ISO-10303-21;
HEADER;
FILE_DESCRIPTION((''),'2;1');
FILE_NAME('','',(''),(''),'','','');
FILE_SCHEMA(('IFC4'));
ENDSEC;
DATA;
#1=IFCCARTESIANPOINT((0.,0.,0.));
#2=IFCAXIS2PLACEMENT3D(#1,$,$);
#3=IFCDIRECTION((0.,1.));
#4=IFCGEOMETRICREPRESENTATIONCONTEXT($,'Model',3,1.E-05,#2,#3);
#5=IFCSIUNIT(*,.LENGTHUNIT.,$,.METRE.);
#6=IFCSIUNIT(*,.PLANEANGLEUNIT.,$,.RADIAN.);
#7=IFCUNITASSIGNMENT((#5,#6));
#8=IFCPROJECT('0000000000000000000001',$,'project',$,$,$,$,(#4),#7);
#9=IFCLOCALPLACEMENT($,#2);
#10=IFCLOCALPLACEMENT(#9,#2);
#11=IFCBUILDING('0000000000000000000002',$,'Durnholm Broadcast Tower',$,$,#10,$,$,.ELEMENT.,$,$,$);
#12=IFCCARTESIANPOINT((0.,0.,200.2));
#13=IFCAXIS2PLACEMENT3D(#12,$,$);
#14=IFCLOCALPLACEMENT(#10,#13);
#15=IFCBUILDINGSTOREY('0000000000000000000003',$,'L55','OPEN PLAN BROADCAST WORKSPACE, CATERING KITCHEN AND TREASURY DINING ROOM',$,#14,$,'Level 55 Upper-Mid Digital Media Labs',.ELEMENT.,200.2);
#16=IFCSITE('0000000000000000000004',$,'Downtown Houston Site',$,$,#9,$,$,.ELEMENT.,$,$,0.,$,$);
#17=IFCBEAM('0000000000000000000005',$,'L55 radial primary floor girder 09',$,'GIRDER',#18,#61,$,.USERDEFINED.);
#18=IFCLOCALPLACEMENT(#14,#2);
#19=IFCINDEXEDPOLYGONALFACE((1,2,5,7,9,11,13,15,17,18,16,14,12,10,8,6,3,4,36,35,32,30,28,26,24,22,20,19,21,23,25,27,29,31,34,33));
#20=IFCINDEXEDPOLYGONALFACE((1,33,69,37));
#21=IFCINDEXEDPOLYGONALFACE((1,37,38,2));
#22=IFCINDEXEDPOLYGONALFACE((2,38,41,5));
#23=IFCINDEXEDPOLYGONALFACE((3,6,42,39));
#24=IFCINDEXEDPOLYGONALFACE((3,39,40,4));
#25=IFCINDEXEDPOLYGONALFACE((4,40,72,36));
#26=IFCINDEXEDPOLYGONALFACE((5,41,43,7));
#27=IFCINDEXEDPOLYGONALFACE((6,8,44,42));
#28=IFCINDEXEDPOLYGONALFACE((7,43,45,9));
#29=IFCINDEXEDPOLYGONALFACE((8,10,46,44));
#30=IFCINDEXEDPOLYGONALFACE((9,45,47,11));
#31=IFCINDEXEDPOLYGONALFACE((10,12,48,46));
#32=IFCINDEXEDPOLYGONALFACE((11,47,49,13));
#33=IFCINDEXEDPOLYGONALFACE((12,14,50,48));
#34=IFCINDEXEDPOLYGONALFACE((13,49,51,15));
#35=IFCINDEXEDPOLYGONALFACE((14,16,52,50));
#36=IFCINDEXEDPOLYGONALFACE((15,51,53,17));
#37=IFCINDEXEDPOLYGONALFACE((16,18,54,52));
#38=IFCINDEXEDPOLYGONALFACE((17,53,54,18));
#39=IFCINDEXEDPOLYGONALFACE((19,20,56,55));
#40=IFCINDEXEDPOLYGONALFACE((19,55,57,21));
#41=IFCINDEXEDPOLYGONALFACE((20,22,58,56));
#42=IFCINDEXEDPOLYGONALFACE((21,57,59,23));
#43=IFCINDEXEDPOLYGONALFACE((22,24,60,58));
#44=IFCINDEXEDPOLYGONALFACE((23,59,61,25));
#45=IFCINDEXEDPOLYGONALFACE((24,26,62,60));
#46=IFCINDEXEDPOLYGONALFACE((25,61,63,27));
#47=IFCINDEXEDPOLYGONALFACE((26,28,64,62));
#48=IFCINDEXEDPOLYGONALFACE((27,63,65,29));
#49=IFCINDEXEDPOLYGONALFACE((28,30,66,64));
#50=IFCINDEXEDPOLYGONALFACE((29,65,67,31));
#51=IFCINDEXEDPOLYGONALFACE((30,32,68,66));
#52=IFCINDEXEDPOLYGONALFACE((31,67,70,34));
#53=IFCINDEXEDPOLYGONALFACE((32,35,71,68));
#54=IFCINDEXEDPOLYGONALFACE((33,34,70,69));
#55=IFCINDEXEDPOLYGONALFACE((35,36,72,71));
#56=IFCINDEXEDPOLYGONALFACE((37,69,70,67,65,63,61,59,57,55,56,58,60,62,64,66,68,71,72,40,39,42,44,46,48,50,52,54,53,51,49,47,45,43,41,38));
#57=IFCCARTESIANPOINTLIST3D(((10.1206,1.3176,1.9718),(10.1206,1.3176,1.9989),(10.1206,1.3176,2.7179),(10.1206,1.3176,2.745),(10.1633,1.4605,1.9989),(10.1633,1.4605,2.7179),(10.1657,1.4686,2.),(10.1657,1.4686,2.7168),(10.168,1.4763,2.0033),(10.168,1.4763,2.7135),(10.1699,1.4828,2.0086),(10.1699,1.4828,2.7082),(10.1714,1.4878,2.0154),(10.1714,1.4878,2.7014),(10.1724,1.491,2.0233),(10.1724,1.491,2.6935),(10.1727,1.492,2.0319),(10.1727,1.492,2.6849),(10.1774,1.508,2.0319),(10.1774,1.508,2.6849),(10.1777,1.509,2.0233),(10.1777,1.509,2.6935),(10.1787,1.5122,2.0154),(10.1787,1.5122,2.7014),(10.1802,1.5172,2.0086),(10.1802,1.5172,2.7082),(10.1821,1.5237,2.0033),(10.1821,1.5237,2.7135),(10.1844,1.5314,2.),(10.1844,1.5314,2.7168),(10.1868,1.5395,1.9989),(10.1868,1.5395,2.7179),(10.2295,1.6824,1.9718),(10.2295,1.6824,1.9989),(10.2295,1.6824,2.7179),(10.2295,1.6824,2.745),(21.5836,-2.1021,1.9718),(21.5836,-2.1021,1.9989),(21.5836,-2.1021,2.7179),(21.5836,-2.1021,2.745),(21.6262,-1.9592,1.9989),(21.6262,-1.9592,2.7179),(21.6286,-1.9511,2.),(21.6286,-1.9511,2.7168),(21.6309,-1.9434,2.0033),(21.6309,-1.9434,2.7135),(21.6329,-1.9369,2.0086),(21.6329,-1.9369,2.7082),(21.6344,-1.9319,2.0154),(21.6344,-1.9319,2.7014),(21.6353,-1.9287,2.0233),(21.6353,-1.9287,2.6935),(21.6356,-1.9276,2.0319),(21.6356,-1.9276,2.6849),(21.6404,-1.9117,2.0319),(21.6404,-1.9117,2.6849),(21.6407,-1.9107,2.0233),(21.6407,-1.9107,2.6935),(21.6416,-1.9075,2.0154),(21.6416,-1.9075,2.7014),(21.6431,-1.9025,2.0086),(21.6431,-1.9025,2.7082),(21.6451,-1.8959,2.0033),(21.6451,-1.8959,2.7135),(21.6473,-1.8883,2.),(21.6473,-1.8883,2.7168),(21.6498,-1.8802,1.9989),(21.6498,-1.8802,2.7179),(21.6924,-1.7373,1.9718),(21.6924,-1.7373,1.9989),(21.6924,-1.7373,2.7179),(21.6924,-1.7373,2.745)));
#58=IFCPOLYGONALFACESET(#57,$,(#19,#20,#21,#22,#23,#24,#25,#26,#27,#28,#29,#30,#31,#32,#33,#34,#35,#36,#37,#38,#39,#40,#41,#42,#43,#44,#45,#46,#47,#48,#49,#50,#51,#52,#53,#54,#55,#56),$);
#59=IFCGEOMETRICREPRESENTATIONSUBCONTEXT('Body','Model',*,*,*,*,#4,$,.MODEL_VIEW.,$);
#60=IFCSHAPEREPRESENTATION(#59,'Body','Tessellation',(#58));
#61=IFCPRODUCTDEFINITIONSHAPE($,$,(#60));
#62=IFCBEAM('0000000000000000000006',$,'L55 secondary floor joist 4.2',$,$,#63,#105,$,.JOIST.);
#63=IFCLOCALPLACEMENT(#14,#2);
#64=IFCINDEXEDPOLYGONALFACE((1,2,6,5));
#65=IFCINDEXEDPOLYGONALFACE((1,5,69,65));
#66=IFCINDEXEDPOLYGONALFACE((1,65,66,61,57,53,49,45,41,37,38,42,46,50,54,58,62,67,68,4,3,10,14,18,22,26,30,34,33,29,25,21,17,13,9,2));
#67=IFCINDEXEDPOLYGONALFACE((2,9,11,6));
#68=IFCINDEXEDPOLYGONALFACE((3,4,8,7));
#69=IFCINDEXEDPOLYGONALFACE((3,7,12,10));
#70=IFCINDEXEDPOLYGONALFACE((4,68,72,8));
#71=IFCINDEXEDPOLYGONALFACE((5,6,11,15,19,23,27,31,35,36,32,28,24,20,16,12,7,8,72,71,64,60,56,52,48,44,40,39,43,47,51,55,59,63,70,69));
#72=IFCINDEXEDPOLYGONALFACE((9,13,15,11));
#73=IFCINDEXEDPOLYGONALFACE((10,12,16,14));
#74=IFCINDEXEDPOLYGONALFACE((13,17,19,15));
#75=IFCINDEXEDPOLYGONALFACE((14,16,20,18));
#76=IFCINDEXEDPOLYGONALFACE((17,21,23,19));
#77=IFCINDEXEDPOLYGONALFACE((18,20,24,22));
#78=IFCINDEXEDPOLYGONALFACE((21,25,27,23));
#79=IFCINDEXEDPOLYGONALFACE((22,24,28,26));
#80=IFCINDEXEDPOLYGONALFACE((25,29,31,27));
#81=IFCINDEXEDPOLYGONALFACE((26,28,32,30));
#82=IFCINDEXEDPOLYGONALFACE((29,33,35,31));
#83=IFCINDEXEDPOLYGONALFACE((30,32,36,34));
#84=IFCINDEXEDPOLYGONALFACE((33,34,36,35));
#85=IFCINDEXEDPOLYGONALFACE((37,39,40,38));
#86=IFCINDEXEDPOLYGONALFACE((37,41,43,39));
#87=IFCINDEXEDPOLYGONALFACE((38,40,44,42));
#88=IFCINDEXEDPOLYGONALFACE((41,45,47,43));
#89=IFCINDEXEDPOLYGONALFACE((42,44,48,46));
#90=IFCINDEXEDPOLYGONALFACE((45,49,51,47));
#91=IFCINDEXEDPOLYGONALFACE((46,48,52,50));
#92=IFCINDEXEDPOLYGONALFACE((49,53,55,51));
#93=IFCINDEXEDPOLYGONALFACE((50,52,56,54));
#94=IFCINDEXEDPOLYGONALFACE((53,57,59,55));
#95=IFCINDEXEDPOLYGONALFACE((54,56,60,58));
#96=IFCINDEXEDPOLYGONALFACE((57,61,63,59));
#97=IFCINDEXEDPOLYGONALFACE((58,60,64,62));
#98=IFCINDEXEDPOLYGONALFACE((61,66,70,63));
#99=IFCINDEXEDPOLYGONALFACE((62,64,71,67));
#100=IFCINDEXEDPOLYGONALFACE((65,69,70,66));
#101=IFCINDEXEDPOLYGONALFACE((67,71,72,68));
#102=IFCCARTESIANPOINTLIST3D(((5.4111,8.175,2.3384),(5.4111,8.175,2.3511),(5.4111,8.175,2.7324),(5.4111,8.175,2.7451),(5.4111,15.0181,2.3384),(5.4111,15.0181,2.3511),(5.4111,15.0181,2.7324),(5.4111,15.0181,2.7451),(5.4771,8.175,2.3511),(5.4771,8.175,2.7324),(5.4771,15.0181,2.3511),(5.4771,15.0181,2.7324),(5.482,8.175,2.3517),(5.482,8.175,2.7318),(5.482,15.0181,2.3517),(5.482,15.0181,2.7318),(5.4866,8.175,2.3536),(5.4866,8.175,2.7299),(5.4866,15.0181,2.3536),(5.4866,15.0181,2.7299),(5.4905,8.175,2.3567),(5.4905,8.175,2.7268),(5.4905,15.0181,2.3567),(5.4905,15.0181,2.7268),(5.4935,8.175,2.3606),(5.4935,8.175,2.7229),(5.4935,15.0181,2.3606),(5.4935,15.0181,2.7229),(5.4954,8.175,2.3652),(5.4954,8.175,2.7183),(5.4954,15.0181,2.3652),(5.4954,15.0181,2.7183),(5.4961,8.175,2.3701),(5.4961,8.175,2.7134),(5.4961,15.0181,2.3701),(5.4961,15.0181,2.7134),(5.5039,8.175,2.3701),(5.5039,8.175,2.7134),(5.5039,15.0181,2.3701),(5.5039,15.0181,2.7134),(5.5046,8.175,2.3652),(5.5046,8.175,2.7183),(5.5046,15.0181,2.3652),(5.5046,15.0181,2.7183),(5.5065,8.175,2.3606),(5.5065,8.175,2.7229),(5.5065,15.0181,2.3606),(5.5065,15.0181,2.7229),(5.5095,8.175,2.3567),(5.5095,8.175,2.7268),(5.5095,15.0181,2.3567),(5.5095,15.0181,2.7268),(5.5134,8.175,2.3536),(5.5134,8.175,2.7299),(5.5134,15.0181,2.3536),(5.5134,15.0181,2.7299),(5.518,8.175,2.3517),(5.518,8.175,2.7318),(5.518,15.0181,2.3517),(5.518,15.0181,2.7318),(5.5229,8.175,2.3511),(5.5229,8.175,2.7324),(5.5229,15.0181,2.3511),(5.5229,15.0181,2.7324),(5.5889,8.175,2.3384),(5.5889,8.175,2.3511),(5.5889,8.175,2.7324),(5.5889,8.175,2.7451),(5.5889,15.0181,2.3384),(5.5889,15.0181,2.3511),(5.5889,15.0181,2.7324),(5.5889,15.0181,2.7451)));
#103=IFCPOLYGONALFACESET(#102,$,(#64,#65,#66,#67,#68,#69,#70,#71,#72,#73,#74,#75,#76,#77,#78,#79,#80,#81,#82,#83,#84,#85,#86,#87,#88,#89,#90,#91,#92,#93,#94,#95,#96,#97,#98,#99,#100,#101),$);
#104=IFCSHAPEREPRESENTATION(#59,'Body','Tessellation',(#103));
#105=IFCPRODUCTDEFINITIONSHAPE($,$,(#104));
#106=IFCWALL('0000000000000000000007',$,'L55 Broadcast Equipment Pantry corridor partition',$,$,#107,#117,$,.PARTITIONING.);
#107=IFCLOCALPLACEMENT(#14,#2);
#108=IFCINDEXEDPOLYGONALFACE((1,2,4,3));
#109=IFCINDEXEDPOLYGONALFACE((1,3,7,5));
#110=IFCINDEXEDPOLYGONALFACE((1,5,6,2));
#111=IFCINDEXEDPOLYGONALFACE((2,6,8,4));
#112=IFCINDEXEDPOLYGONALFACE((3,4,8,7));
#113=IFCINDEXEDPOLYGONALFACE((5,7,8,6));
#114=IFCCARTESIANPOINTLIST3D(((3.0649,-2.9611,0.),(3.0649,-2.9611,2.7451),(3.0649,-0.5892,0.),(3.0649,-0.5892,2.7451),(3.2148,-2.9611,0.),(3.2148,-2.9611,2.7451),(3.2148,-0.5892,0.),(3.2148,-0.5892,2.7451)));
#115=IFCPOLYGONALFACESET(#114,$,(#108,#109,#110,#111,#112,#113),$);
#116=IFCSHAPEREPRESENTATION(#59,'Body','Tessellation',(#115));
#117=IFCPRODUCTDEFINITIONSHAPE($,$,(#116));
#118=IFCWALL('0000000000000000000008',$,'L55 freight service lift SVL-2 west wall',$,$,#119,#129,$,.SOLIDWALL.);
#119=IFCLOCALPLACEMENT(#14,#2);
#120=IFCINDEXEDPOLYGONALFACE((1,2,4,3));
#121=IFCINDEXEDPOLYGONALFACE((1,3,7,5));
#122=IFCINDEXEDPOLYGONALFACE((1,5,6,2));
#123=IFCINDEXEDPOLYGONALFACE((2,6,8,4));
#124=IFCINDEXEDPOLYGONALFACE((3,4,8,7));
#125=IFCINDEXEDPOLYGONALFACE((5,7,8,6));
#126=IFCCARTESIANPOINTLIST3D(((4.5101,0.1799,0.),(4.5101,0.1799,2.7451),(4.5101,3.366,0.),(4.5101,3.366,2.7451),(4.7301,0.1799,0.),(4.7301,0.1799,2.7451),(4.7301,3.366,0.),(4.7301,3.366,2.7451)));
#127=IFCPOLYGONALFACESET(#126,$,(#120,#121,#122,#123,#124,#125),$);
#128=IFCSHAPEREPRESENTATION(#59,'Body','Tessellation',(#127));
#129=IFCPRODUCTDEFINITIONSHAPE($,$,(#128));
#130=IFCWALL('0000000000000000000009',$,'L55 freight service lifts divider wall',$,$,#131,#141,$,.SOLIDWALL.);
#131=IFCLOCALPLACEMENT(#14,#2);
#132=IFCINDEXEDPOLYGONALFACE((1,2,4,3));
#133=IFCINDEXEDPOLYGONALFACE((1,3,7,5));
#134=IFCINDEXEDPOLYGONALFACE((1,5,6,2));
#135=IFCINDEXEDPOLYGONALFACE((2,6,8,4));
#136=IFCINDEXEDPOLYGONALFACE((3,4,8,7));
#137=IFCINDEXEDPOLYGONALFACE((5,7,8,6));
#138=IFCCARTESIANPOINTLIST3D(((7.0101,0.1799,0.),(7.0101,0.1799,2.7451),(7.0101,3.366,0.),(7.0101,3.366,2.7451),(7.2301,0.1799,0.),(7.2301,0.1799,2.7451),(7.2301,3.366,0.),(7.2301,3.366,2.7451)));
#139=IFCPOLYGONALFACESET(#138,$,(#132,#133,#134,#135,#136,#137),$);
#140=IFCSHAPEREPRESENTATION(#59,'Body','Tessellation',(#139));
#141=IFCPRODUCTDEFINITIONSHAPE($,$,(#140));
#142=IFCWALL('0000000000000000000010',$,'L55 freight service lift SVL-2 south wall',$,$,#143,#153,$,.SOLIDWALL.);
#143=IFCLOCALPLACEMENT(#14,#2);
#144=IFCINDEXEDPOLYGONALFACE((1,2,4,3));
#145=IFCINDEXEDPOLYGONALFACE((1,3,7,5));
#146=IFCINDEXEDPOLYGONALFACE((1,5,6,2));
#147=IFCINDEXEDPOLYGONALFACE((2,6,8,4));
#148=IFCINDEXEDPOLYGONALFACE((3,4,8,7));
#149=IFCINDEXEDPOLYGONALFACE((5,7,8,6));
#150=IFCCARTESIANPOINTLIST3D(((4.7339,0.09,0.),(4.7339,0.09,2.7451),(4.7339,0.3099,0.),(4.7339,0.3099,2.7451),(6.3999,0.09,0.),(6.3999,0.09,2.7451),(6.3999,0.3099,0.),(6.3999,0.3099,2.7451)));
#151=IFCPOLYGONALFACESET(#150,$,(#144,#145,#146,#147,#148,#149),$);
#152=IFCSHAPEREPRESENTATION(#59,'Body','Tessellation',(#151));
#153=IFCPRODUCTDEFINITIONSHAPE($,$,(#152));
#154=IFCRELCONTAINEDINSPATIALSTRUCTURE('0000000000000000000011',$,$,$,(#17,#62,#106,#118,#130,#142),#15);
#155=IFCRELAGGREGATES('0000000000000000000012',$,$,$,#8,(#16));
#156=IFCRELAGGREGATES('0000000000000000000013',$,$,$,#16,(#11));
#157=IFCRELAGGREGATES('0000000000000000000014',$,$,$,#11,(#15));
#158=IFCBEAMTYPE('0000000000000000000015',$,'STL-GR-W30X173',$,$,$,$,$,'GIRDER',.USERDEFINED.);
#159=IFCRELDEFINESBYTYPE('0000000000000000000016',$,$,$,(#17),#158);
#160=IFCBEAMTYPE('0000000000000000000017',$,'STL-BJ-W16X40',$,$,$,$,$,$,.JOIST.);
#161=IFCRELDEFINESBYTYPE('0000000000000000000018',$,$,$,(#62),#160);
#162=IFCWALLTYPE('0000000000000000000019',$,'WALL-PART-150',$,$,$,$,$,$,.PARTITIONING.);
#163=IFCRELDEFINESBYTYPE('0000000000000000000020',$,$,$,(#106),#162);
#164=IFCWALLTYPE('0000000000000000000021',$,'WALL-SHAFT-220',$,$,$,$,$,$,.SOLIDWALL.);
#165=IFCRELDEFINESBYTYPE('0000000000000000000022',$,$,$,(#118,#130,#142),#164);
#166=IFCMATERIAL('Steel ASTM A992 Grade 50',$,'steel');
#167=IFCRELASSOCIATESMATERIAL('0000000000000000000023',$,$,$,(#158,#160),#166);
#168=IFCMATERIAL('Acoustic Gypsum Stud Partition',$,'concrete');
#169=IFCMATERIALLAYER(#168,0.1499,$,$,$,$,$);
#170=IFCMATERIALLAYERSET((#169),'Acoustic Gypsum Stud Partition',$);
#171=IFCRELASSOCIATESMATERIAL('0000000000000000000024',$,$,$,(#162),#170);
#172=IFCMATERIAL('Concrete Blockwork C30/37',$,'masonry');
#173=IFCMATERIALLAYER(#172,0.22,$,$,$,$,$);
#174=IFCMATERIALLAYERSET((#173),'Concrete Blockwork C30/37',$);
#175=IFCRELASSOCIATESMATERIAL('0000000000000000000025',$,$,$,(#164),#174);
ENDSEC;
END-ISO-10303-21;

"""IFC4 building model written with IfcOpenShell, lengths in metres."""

from ifc_helpers import new_model, si_unit, direction, frame, frame_2d, origin, origin_2d, place, context, subcontext, project, spatial, rectangle, i_section, extrude, source, transform, mapped, material, layer, layer_set, material_profile, profile_set, type_object, type_shapes, element, save


model = new_model("IFC4")

# Units and contexts
model_context = context("Model", 3, precision=1e-05, world=origin(), true_north=direction((0.0, 1.0)))
body_context = subcontext(model_context, "Body", "Model", "MODEL_VIEW")
ifc_project = project(units=[si_unit("LENGTHUNIT", "METRE"), si_unit("PLANEANGLEUNIT", "RADIAN")], contexts=[model_context])

# Site, building, storey
site_placement = place(None, origin())
site = spatial("IfcSite", under=ifc_project, at=site_placement, Name="Downtown Houston Site", CompositionType="ELEMENT", RefElevation=0.0)
building_placement = place(site_placement, origin())
building = spatial("IfcBuilding", under=site, at=building_placement, Name="Durnholm Broadcast Tower", CompositionType="ELEMENT")
storey_placement = place(building_placement, frame((0.0, 0.0, 200.2)))
storey = spatial("IfcBuildingStorey", under=building, at=storey_placement, Name="L55", Description="OPEN PLAN BROADCAST WORKSPACE, CATERING KITCHEN AND TREASURY DINING ROOM", LongName="Level 55 Upper-Mid Digital Media Labs", CompositionType="ELEMENT", Elevation=200.2)

# Beams
ifc_material_1 = material(Name="Steel ASTM A992 Grade 50", Category="steel")
ifc_material_profile_1 = material_profile(ifc_material_1, i_section(OverallWidth=0.3806, OverallDepth=0.7732, WebThickness=0.0166, FlangeThickness=0.0271, FilletRadius=0.033, at=origin_2d()), Name="W30X173")
ifc_profile_set_1 = profile_set([ifc_material_profile_1], Name="Steel ASTM A992 Grade 50")
beam_type_1 = type_object("IfcBeamType", Name="STL-GR-W30X173", ElementType="GIRDER", PredefinedType="USERDEFINED", material=ifc_profile_set_1)
shared_shape_1 = source(origin(), body_context, "Body", "SweptSolid", [
    extrude(i_section(OverallWidth=0.3806, OverallDepth=0.7732, WebThickness=0.0166, FlangeThickness=0.0271, FilletRadius=0.033, at=origin_2d()), origin(), (0.0, 0.0, 1.0), 11.9622),
])
beam_1_placement = place(storey_placement, frame((10.175, 1.5, 2.3584), z_axis=(0.958267, -0.285876, 0.0), x_axis=(0.285876, 0.958267, 0.0)))
element("IfcBeam", 1, at=beam_1_placement, inside=storey, type_object=beam_type_1, Name="L55 radial primary floor girder 09", ObjectType="GIRDER", PredefinedType="USERDEFINED", context=body_context, shape_type="MappedRepresentation", body=[
    mapped(shared_shape_1, transform((0.0, 0.0, 0.0), x_axis=(1.0, 0.0, 0.0), y_axis=(0.0, 1.0, 0.0), z_axis=(0.0, 0.0, 1.0), scale=1.0)),
])
ifc_material_profile_2 = material_profile(ifc_material_1, i_section(OverallWidth=0.1777, OverallDepth=0.4067, WebThickness=0.0078, FlangeThickness=0.0127, FilletRadius=0.019, at=origin_2d()), Name="W16X40")
ifc_profile_set_2 = profile_set([ifc_material_profile_2], Name="Steel ASTM A992 Grade 50")
beam_type_2 = type_object("IfcBeamType", Name="STL-BJ-W16X40", PredefinedType="JOIST", material=ifc_profile_set_2)
shared_shape_2 = source(origin(), body_context, "Body", "SweptSolid", [
    extrude(i_section(OverallWidth=0.1777, OverallDepth=0.4067, WebThickness=0.0078, FlangeThickness=0.0127, FilletRadius=0.019, at=origin_2d()), origin(), (0.0, 0.0, 1.0), 6.843),
])
type_shapes(beam_type_2, [shared_shape_2])
beam_2_placement = place(storey_placement, frame((5.5, 8.175, 2.5417), z_axis=(0.0, 1.0, 0.0), x_axis=(-1.0, 0.0, 0.0)))
element("IfcBeam", 2, at=beam_2_placement, inside=storey, type_object=beam_type_2, Name="L55 secondary floor joist 4.2", PredefinedType="JOIST", context=body_context, shape_type="MappedRepresentation", body=[
    mapped(shared_shape_2, transform((0.0, 0.0, 0.0), x_axis=(1.0, 0.0, 0.0), y_axis=(0.0, 1.0, 0.0), z_axis=(0.0, 0.0, 1.0), scale=1.0)),
])

# Wall
ifc_material_2 = material(Name="Acoustic Gypsum Stud Partition", Category="concrete")
ifc_layer_1 = layer(ifc_material_2, 0.1499)
ifc_layer_set_1 = layer_set([ifc_layer_1], Name="Acoustic Gypsum Stud Partition")
wall_type_1 = type_object("IfcWallType", Name="WALL-PART-150", PredefinedType="PARTITIONING", material=ifc_layer_set_1)
wall_1_placement = place(storey_placement, frame((3.1399, -0.5891, 0.0), z_axis=(0.0, 0.0, 1.0), x_axis=(0.0, -1.0, 0.0)))
element("IfcWall", 3, at=wall_1_placement, inside=storey, type_object=wall_type_1, Name="L55 Broadcast Equipment Pantry corridor partition", PredefinedType="PARTITIONING", context=body_context, shape_type="SweptSolid", body=[
    extrude(rectangle(XDim=2.3718, YDim=0.1499, at=frame_2d((1.186, 0.0))), origin(), (0.0, 0.0, 1.0), 2.7451),
])

# Shared definitions
ifc_material_3 = material(Name="Concrete Blockwork C30/37", Category="masonry")
ifc_layer_2 = layer(ifc_material_3, 0.22)
ifc_layer_set_2 = layer_set([ifc_layer_2], Name="Concrete Blockwork C30/37")
wall_type_2 = type_object("IfcWallType", Name="WALL-SHAFT-220", PredefinedType="SOLIDWALL", material=ifc_layer_set_2)

# Walls
for number, where, z_axis, x_axis, name in (
    (4, (4.6201, 0.1799, 0.0), (0.0, 0.0, 1.0), (0.0, 1.0, 0.0), "L55 freight service lift SVL-2 west wall"),
    (5, (7.1201, 0.1799, 0.0), (0.0, 0.0, 1.0), (0.0, 1.0, 0.0), "L55 freight service lifts divider wall"),
):
    element("IfcWall", number, at=place(storey_placement, frame(where, z_axis=z_axis, x_axis=x_axis)), inside=storey, type_object=wall_type_2, Name=name, PredefinedType="SOLIDWALL", context=body_context, shape_type="SweptSolid", body=[
        extrude(rectangle(XDim=3.186, YDim=0.22, at=frame_2d((1.593, 0.0))), origin(), (0.0, 0.0, 1.0), 2.7451),
    ])
wall_2_placement = place(storey_placement, frame((4.7339, 0.2, 0.0), z_axis=(0.0, 0.0, 1.0), x_axis=(1.0, 0.0, 0.0)))
element("IfcWall", 6, at=wall_2_placement, inside=storey, type_object=wall_type_2, Name="L55 freight service lift SVL-2 south wall", PredefinedType="SOLIDWALL", context=body_context, shape_type="SweptSolid", body=[
    extrude(rectangle(XDim=1.666, YDim=0.22, at=frame_2d((0.833, 0.0))), origin(), (0.0, 0.0, 1.0), 2.7451),
])

save(model, "model.ifc")
